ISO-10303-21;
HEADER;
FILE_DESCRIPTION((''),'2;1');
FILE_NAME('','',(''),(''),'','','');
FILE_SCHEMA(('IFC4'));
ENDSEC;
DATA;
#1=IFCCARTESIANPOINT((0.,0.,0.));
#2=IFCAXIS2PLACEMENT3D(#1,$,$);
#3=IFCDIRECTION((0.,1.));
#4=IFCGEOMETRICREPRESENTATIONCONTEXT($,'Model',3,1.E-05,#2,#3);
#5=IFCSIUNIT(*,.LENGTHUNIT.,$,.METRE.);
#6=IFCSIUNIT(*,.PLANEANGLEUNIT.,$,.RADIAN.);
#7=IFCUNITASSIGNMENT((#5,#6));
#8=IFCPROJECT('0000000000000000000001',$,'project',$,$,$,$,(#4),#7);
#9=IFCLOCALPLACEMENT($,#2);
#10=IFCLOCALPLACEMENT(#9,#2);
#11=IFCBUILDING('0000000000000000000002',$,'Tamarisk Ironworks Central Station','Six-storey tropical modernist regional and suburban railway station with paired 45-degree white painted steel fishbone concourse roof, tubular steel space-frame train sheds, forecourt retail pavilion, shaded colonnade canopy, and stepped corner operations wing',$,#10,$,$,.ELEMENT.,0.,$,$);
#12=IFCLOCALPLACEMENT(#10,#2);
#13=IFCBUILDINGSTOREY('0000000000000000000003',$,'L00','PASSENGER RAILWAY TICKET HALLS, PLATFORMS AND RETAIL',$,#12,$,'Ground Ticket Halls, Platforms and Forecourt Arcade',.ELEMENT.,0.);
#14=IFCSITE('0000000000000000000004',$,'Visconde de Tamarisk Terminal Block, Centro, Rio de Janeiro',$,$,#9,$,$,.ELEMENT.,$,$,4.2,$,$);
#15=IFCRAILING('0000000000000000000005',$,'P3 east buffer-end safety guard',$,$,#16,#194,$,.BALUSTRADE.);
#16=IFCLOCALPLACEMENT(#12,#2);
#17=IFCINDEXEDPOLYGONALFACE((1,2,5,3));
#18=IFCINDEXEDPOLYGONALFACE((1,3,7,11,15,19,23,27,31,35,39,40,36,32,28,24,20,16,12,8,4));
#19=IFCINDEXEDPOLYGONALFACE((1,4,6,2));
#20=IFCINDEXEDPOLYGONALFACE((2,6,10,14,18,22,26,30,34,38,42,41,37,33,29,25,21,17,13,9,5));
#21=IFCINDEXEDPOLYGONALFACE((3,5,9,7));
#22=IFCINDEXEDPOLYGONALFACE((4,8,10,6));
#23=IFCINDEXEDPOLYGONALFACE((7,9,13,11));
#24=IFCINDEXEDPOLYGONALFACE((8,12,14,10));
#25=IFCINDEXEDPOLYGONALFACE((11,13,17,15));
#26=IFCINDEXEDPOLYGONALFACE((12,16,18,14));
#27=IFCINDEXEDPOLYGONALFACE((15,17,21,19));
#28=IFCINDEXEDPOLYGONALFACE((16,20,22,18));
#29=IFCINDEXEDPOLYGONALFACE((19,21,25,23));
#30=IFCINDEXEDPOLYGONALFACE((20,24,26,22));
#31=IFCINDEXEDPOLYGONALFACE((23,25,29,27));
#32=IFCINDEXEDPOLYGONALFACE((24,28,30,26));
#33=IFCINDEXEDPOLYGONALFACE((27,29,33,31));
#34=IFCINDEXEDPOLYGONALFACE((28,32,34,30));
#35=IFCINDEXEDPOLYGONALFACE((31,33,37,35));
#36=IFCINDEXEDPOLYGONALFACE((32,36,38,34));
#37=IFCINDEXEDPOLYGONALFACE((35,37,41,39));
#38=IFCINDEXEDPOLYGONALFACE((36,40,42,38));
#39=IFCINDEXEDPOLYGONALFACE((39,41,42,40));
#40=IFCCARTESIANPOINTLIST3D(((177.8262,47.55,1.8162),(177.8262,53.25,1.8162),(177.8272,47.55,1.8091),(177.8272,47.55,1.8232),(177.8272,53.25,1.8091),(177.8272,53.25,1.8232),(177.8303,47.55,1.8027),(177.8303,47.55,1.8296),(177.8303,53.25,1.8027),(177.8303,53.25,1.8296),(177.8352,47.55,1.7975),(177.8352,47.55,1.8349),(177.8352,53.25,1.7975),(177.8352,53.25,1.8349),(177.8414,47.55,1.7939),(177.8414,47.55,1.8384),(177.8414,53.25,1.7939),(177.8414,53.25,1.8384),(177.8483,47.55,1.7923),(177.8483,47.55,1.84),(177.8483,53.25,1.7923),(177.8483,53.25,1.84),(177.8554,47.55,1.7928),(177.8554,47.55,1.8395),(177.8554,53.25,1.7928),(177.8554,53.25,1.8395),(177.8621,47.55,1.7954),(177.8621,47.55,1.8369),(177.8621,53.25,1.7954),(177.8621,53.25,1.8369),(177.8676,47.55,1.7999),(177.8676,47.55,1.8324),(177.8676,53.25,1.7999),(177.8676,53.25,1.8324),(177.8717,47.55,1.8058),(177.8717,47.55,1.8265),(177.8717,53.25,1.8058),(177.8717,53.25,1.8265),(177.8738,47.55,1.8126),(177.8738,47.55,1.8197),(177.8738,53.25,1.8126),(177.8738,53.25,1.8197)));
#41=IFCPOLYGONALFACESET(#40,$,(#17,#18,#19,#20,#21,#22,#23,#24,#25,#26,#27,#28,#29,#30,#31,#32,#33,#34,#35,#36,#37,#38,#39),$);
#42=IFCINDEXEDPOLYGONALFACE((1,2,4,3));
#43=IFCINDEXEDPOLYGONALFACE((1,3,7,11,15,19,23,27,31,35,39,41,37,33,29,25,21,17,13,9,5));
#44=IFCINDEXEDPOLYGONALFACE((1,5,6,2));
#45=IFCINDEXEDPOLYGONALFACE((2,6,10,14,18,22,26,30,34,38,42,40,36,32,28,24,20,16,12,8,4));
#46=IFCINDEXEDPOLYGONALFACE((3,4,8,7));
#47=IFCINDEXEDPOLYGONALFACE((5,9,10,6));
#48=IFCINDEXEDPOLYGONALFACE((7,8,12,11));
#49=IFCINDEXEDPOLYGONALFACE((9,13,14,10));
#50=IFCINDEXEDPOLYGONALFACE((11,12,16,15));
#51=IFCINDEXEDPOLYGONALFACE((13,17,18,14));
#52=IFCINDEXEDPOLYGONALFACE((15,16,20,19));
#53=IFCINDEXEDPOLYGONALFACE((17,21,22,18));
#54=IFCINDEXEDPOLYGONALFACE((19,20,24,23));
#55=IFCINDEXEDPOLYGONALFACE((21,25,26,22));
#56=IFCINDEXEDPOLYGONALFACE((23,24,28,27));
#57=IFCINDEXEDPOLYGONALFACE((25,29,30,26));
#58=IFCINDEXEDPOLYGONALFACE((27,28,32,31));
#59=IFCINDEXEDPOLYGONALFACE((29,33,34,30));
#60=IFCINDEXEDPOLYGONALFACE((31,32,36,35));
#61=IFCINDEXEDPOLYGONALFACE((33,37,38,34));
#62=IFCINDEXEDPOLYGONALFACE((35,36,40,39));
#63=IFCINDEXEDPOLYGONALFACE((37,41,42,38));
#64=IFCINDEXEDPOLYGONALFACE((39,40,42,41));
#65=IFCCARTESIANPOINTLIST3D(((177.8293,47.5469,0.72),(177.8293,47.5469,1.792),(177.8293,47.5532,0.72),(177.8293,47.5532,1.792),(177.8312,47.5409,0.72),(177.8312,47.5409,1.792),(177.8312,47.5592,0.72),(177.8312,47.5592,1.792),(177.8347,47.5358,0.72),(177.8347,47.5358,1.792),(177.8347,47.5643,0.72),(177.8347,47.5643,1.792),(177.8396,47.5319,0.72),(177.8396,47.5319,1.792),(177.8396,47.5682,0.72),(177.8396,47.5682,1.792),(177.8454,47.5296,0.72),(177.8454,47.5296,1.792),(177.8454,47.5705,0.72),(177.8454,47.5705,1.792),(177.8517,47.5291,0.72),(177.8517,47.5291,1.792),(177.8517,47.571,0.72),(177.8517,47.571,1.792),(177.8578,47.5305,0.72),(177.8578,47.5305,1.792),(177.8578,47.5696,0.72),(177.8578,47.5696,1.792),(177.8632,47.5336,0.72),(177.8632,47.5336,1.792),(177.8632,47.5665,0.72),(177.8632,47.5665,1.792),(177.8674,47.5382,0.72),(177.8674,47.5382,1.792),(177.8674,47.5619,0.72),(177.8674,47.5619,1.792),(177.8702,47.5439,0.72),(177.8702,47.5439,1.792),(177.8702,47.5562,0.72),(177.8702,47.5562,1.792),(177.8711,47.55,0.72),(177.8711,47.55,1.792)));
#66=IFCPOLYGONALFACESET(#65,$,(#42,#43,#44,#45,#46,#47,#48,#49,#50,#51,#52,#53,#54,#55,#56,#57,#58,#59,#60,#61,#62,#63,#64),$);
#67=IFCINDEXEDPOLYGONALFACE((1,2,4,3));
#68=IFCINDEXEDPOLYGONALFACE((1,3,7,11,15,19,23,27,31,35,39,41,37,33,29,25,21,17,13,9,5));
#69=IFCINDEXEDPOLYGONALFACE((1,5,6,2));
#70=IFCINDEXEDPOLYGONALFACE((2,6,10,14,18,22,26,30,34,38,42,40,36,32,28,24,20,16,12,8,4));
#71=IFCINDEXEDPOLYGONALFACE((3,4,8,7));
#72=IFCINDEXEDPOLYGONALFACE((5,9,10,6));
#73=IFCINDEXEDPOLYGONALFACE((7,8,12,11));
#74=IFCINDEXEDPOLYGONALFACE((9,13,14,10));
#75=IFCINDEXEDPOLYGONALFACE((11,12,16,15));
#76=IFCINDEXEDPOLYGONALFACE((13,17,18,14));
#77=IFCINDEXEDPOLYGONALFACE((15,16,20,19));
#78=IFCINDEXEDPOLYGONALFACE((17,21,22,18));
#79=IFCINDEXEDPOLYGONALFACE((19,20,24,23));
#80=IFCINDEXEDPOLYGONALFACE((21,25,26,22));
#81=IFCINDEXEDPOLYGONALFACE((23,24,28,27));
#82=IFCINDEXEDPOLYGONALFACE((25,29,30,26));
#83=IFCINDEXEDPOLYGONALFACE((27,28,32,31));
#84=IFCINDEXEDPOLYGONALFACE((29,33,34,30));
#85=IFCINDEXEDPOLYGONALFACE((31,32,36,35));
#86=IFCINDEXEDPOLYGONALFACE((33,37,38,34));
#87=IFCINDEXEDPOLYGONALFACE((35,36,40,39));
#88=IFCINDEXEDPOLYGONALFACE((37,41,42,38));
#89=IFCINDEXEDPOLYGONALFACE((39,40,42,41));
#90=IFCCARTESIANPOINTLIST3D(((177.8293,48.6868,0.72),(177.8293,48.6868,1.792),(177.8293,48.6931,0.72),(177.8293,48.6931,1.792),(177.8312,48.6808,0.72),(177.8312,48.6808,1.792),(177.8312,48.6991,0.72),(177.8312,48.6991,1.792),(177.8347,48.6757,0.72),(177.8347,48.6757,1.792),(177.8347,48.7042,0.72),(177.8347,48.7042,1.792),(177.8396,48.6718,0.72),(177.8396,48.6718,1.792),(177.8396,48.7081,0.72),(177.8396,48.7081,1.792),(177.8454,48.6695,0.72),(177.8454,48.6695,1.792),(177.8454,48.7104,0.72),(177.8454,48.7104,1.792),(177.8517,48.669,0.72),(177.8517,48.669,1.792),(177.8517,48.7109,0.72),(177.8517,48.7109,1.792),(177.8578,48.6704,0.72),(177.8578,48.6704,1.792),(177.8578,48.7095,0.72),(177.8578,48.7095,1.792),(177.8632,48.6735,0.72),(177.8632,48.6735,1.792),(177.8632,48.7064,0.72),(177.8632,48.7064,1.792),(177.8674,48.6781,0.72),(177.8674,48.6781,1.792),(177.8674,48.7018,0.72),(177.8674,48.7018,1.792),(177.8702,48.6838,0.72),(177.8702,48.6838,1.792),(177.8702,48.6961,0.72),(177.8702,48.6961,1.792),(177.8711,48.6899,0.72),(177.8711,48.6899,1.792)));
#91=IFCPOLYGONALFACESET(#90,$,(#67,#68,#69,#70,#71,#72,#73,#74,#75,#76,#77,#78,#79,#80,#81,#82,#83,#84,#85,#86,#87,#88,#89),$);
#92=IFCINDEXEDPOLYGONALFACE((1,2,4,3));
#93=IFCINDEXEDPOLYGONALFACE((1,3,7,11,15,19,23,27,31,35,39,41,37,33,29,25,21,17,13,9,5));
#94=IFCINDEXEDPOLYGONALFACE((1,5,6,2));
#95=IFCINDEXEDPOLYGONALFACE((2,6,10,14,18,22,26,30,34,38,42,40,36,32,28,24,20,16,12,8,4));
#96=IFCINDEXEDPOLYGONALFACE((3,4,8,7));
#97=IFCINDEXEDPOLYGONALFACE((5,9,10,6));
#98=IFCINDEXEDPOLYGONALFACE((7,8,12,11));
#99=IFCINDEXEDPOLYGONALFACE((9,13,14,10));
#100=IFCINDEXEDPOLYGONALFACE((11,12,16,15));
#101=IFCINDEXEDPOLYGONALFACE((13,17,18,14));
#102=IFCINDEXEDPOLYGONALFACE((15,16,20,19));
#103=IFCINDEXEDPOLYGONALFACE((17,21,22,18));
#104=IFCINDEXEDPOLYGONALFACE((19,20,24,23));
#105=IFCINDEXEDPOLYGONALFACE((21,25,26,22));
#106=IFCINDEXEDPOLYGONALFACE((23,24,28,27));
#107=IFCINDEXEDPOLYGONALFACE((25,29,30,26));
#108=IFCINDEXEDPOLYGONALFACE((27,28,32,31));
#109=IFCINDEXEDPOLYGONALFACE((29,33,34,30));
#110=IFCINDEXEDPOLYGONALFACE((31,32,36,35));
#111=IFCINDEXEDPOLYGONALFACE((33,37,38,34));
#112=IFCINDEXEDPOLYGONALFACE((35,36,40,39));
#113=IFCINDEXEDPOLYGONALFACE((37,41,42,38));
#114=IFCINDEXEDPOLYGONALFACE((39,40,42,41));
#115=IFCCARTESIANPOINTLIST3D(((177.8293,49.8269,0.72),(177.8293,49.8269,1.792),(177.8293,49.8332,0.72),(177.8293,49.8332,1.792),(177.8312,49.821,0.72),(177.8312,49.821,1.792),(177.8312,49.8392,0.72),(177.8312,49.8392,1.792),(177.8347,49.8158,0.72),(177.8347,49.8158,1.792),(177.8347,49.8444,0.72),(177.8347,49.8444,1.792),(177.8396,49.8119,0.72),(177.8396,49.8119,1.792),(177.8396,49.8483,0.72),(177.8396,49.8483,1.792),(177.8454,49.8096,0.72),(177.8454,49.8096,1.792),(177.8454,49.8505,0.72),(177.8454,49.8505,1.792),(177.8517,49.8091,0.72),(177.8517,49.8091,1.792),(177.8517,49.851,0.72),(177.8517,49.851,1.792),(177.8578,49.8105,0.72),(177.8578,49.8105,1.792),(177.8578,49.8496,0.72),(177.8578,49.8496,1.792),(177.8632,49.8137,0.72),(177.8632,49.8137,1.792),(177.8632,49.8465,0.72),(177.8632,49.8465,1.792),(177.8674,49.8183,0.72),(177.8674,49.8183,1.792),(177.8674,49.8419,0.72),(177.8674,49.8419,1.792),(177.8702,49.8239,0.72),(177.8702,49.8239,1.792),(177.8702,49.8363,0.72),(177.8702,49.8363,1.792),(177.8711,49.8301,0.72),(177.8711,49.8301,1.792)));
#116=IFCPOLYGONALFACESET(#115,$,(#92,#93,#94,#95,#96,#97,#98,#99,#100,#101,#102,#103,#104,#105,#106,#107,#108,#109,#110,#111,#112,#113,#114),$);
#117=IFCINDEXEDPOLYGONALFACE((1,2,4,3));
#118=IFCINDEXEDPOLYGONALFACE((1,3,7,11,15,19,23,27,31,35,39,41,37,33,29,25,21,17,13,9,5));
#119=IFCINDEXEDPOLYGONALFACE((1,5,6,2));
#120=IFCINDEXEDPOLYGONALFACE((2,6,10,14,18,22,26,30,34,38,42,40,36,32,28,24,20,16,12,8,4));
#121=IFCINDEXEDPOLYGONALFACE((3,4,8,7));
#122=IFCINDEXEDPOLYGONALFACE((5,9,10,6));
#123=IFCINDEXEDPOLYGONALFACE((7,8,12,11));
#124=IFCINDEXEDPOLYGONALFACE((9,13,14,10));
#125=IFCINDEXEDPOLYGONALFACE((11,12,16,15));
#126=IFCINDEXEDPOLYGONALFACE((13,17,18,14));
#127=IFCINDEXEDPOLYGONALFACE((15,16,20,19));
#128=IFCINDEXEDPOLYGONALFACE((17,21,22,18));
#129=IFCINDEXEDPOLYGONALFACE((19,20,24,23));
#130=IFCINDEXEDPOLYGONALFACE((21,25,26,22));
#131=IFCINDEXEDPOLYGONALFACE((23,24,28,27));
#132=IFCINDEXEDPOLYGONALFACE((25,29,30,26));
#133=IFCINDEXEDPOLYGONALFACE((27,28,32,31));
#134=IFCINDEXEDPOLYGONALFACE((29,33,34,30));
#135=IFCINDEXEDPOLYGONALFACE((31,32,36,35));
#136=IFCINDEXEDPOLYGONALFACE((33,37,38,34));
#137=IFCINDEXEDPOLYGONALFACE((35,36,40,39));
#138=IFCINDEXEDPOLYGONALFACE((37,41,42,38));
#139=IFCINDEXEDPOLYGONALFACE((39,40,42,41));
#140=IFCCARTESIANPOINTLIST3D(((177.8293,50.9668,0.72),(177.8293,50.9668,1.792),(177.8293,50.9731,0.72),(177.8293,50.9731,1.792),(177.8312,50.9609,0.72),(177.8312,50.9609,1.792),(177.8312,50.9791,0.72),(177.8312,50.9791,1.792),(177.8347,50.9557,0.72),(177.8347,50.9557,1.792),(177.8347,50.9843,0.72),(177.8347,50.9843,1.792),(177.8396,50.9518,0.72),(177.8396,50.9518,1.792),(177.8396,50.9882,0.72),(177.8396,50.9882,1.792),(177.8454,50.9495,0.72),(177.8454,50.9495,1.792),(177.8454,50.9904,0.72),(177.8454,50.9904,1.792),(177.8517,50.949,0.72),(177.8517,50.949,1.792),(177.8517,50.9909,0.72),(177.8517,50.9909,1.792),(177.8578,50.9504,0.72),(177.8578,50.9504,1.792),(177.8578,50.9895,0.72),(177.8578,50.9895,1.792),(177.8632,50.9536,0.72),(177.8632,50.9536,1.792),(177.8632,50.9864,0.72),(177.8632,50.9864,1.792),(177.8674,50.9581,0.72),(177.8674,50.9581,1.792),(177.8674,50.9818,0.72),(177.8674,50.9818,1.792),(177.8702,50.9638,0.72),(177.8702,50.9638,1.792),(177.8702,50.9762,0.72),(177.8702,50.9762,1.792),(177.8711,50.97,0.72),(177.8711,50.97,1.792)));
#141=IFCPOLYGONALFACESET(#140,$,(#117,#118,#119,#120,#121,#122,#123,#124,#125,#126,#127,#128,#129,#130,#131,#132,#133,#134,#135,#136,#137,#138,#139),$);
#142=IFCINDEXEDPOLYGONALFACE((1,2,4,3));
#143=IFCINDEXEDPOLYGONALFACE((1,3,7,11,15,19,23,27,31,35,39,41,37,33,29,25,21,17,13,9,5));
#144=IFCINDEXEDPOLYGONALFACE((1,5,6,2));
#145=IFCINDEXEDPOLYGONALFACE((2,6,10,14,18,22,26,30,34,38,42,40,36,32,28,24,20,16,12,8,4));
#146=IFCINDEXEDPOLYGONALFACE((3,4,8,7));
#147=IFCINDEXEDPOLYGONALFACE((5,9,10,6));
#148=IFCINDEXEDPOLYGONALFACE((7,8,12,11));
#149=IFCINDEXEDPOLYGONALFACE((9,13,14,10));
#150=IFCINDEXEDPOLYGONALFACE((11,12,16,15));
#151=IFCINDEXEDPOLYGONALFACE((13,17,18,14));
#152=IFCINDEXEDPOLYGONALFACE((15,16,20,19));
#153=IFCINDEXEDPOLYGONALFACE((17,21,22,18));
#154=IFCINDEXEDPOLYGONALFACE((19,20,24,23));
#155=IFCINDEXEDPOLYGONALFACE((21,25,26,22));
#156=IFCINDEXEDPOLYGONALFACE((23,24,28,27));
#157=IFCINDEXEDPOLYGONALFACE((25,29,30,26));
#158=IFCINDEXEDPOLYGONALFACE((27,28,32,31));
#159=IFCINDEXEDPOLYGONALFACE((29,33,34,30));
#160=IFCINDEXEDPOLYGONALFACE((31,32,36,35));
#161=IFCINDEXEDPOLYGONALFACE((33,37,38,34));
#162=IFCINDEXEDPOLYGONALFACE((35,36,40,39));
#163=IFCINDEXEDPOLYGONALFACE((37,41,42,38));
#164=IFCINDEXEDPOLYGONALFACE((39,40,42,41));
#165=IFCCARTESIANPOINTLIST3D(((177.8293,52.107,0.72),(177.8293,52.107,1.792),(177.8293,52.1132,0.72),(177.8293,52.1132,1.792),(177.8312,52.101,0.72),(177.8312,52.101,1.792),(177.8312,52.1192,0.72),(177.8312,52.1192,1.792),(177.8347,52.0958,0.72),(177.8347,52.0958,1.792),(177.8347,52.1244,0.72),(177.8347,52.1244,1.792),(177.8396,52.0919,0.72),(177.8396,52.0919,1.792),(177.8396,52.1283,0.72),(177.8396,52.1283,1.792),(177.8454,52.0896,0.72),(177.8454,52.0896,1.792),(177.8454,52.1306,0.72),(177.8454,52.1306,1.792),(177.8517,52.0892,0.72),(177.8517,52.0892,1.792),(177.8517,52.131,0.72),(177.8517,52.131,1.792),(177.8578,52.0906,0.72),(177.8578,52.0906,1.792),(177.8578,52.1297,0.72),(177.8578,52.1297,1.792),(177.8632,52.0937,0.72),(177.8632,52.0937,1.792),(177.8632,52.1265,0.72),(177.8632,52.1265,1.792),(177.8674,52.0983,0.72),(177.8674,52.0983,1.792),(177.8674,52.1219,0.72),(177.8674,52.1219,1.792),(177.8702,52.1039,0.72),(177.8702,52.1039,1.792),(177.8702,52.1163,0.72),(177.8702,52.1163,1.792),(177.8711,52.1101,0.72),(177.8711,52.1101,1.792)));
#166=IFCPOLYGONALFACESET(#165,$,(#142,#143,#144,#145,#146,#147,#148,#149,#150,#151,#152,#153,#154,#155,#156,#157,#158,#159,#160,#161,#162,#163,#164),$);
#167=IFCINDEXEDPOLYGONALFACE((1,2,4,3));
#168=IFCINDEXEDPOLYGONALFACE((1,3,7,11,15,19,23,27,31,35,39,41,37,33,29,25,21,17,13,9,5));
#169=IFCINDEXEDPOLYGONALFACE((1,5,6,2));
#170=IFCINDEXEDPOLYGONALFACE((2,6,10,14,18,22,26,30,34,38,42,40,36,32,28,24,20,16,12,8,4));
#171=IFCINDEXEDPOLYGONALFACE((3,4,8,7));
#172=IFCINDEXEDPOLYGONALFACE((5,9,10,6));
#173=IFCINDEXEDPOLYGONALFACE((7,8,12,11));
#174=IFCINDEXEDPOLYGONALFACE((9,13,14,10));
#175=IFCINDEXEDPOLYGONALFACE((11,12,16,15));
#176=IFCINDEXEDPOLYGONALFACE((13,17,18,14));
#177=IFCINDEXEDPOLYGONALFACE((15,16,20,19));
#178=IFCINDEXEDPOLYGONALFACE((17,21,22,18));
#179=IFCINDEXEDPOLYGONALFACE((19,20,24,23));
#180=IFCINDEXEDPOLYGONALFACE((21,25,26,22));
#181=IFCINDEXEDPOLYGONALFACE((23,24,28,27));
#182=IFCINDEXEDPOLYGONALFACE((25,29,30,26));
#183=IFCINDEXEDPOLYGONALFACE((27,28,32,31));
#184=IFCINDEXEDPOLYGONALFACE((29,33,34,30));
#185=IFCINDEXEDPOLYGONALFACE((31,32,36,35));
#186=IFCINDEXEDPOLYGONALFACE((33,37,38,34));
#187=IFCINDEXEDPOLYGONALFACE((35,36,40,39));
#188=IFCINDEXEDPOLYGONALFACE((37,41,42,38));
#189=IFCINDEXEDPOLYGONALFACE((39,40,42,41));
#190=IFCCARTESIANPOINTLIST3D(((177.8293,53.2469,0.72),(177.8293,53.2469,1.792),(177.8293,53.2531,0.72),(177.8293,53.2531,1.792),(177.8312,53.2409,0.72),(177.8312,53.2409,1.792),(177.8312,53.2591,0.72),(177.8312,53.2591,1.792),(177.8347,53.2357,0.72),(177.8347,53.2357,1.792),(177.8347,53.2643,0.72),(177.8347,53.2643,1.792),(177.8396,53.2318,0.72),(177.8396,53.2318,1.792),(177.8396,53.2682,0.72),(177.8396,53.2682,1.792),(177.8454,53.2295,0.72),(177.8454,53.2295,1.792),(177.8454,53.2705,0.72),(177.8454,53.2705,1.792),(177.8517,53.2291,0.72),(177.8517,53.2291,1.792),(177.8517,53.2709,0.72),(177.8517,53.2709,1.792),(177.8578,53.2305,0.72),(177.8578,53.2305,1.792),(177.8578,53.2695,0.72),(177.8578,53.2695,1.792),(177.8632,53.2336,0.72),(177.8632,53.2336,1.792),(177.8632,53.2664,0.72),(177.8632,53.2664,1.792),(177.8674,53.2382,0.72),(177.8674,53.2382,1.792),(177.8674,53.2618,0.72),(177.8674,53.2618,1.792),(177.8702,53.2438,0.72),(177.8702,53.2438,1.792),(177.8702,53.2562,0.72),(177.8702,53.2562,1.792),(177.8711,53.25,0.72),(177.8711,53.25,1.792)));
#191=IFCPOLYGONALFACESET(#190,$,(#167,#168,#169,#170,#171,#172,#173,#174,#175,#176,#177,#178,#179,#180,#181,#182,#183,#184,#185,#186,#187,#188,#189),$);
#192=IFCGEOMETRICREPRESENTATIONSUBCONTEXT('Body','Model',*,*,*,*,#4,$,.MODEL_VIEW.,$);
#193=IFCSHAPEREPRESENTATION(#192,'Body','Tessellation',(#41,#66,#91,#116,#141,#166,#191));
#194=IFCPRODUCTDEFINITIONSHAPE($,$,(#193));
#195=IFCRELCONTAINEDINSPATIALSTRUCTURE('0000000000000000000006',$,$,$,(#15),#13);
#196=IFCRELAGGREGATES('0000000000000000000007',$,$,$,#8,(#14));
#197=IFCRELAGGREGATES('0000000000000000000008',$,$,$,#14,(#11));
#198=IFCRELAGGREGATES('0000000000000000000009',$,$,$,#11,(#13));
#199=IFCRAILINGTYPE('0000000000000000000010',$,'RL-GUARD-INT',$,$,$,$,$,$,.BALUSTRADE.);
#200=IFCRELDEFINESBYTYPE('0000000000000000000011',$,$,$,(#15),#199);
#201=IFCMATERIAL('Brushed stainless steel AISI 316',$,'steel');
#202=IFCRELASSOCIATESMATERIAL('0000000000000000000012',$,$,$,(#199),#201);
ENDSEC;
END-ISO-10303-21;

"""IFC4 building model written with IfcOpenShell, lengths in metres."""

from ifc_helpers import new_model, si_unit, direction, frame, origin, origin_2d, place, context, subcontext, project, spatial, circle, extrude, material, type_object, element, save


model = new_model("IFC4")

# Units and contexts
model_context = context("Model", 3, precision=1e-05, world=origin(), true_north=direction((0.0, 1.0)))
body_context = subcontext(model_context, "Body", "Model", "MODEL_VIEW")
ifc_project = project(units=[si_unit("LENGTHUNIT", "METRE"), si_unit("PLANEANGLEUNIT", "RADIAN")], contexts=[model_context])

# Site, building, storey
site_placement = place(None, origin())
site = spatial("IfcSite", under=ifc_project, at=site_placement, Name="Visconde de Tamarisk Terminal Block, Centro, Rio de Janeiro", CompositionType="ELEMENT", RefElevation=4.2)
building_placement = place(site_placement, origin())
building = spatial("IfcBuilding", under=site, at=building_placement, Name="Tamarisk Ironworks Central Station", Description="Six-storey tropical modernist regional and suburban railway station with paired 45-degree white painted steel fishbone concourse roof, tubular steel space-frame train sheds, forecourt retail pavilion, shaded colonnade canopy, and stepped corner operations wing", CompositionType="ELEMENT", ElevationOfRefHeight=0.0)
storey_placement = place(building_placement, origin())
storey = spatial("IfcBuildingStorey", under=building, at=storey_placement, Name="L00", Description="PASSENGER RAILWAY TICKET HALLS, PLATFORMS AND RETAIL", LongName="Ground Ticket Halls, Platforms and Forecourt Arcade", CompositionType="ELEMENT", Elevation=0.0)

# Railing
ifc_material_1 = material(Name="Brushed stainless steel AISI 316", Category="steel")
railing_type = type_object("IfcRailingType", Name="RL-GUARD-INT", PredefinedType="BALUSTRADE", material=ifc_material_1)
railing_1_placement = place(storey_placement, frame((177.8501, 47.55, 0.72)))
element("IfcRailing", 1, at=railing_1_placement, inside=storey, type_object=railing_type, Name="P3 east buffer-end safety guard", PredefinedType="BALUSTRADE", context=body_context, shape_type="SweptSolid", body=[
    extrude(circle(Radius=0.0239, at=origin_2d()), frame((0.0, 0.0, 1.0962), z_axis=(0.0, 1.0, 0.0), x_axis=(-1.0, 0.0, 0.0)), (0.0, 0.0, 1.0), 5.7),
    extrude(circle(Radius=0.021, at=origin_2d()), origin(), (0.0, 0.0, 1.0), 1.072),
    extrude(circle(Radius=0.021, at=origin_2d()), frame((0.0, 1.1399, 0.0)), (0.0, 0.0, 1.0), 1.072),
    extrude(circle(Radius=0.021, at=origin_2d()), frame((0.0, 2.28, 0.0)), (0.0, 0.0, 1.0), 1.072),
    extrude(circle(Radius=0.021, at=origin_2d()), frame((0.0, 3.4199, 0.0)), (0.0, 0.0, 1.0), 1.072),
    extrude(circle(Radius=0.021, at=origin_2d()), frame((0.0, 4.5601, 0.0)), (0.0, 0.0, 1.0), 1.072),
    extrude(circle(Radius=0.021, at=origin_2d()), frame((0.0, 5.7, 0.0)), (0.0, 0.0, 1.0), 1.072),
])

save(model, "model.ifc")
